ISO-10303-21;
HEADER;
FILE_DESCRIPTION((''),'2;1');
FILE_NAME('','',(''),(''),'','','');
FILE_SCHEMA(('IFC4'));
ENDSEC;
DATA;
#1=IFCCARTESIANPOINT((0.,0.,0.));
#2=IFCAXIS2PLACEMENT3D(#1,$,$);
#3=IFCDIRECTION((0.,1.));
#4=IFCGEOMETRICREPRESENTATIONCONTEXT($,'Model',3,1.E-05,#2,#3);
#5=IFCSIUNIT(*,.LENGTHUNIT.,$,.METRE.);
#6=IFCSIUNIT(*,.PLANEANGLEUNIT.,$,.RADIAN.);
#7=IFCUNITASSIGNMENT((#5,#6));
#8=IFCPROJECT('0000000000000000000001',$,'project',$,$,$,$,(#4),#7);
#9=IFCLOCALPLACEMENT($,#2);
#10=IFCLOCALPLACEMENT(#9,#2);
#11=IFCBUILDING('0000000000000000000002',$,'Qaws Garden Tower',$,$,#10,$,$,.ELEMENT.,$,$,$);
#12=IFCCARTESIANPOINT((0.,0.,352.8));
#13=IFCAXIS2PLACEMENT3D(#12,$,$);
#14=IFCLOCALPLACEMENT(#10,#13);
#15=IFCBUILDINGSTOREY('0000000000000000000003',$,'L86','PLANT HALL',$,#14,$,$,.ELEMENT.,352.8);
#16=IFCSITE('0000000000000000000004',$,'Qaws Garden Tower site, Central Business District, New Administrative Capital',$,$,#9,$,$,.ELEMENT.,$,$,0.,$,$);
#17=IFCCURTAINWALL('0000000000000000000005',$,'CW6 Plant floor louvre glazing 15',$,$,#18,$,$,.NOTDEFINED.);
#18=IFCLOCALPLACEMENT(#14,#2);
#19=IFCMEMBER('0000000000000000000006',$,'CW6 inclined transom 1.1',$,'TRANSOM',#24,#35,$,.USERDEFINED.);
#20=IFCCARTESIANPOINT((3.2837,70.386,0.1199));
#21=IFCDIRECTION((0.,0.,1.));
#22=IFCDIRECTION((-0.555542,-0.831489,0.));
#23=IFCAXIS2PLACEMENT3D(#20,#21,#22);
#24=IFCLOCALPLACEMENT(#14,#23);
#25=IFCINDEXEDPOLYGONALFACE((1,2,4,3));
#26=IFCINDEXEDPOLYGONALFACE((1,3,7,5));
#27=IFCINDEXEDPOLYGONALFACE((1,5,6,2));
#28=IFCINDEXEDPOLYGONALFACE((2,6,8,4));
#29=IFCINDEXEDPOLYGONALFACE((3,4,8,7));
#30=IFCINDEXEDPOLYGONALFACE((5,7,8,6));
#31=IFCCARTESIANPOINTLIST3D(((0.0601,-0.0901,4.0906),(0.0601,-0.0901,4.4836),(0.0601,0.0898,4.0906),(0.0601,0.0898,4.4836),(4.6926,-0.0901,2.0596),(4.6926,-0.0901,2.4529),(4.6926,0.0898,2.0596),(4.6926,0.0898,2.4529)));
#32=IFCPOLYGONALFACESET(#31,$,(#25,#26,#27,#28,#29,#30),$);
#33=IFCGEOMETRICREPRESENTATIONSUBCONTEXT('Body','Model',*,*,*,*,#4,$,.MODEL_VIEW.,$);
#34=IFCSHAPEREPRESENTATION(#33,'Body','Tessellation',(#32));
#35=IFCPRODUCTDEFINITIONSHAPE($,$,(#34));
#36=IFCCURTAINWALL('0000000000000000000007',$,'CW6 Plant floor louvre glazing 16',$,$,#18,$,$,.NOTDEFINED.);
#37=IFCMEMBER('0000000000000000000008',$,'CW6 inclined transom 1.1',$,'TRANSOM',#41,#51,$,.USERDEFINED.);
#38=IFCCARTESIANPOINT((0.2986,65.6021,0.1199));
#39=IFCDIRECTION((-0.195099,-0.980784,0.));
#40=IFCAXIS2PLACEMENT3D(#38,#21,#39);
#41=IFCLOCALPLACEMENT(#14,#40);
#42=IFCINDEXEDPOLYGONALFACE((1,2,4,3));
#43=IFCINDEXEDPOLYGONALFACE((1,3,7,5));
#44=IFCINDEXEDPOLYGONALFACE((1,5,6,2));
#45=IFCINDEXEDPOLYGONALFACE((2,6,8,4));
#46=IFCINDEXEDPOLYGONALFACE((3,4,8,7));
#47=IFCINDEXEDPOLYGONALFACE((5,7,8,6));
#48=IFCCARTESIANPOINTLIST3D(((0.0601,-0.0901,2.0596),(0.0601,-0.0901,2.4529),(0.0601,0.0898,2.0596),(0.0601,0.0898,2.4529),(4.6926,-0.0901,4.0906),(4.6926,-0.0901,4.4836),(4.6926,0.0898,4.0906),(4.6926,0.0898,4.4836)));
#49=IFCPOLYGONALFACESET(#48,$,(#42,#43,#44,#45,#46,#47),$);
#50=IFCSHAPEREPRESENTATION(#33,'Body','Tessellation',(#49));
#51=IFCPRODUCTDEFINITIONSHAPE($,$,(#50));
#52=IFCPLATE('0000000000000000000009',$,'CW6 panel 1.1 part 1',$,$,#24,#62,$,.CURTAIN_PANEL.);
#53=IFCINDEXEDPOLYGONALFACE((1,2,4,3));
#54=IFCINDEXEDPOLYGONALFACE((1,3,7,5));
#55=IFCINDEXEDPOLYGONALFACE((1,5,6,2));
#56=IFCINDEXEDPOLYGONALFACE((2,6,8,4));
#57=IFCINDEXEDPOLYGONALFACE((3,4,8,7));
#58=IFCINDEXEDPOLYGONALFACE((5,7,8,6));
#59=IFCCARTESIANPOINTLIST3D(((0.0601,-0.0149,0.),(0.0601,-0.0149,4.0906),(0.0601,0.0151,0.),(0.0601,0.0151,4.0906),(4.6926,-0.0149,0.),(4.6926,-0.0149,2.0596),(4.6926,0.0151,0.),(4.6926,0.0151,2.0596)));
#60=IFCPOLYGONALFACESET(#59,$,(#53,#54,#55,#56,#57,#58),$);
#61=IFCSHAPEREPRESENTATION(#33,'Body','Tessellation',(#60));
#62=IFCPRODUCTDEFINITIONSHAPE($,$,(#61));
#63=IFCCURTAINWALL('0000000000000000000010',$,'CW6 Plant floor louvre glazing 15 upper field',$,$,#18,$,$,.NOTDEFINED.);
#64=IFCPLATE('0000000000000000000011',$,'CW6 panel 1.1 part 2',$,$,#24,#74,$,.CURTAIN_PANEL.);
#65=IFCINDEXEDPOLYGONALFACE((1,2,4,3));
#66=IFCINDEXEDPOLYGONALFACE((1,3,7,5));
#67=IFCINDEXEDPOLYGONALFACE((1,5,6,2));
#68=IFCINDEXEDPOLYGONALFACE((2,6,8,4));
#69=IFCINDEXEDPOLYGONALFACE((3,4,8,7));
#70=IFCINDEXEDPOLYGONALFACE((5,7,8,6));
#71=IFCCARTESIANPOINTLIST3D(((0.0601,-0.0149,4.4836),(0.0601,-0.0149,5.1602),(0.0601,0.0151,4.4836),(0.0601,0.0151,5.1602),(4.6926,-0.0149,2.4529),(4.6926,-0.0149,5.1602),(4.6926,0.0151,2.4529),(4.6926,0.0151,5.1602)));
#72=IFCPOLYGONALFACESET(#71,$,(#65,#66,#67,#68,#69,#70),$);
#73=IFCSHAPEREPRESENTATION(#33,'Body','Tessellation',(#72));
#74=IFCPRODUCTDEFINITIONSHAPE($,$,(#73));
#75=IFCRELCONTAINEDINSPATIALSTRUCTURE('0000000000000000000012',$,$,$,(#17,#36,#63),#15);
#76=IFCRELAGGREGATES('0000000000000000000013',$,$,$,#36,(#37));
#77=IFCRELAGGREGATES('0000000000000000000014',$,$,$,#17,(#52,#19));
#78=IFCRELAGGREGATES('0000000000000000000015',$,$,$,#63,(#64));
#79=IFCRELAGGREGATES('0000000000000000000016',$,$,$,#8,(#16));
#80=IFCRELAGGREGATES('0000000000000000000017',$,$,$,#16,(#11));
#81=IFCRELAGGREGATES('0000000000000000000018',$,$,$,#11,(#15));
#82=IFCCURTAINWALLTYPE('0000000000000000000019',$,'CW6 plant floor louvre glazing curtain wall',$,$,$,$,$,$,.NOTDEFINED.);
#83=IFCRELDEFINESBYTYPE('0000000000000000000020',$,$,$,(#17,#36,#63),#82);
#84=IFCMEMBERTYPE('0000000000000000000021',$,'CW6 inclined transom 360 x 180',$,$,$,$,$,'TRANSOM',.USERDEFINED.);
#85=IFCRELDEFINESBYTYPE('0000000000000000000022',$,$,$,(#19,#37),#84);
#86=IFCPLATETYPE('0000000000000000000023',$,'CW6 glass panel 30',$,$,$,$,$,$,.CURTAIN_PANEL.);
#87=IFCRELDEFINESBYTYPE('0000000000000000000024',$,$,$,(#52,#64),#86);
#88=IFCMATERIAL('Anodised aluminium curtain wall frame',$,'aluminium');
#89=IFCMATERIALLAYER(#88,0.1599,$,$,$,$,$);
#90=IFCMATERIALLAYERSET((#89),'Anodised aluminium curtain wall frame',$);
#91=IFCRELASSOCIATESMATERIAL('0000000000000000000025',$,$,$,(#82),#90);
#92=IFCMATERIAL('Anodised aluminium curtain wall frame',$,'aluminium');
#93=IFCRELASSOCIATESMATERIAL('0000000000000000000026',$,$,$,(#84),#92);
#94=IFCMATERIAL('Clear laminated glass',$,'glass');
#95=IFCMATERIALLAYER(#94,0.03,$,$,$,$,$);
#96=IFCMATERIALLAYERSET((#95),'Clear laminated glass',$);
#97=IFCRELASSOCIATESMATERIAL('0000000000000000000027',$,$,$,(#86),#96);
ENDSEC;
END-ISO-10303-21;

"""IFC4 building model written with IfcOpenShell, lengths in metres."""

from ifc_helpers import new_model, si_unit, direction, frame, origin, origin_2d, place, context, subcontext, project, spatial, polyline, rectangle, outline, extrude, material, layer, layer_set, material_profile, profile_set, type_object, element, aggregate, save


model = new_model("IFC4")

# Units and contexts
model_context = context("Model", 3, precision=1e-05, world=origin(), true_north=direction((0.0, 1.0)))
body_context = subcontext(model_context, "Body", "Model", "MODEL_VIEW")
ifc_project = project(units=[si_unit("LENGTHUNIT", "METRE"), si_unit("PLANEANGLEUNIT", "RADIAN")], contexts=[model_context])

# Site, building, storey
site_placement = place(None, origin())
site = spatial("IfcSite", under=ifc_project, at=site_placement, Name="Qaws Garden Tower site, Central Business District, New Administrative Capital", CompositionType="ELEMENT", RefElevation=0.0)
building_placement = place(site_placement, origin())
building = spatial("IfcBuilding", under=site, at=building_placement, Name="Qaws Garden Tower", CompositionType="ELEMENT")
storey_placement = place(building_placement, frame((0.0, 0.0, 352.8)))
storey = spatial("IfcBuildingStorey", under=building, at=storey_placement, Name="L86", Description="PLANT HALL", CompositionType="ELEMENT", Elevation=352.8)

# Curtain walls, members
ifc_material_1 = material(Name="Anodised aluminium curtain wall frame", Category="aluminium")
ifc_layer_1 = layer(ifc_material_1, 0.1599)
ifc_layer_set_1 = layer_set([ifc_layer_1], Name="Anodised aluminium curtain wall frame")
curtain_wall_type = type_object("IfcCurtainWallType", Name="CW6 plant floor louvre glazing curtain wall", PredefinedType="NOTDEFINED", material=ifc_layer_set_1)
placement_1 = place(storey_placement, origin())
curtain_wall_1 = element("IfcCurtainWall", 1, at=placement_1, inside=storey, type_object=curtain_wall_type, Name="CW6 Plant floor louvre glazing 15", PredefinedType="NOTDEFINED")
ifc_material_2 = material(Name="Anodised aluminium curtain wall frame", Category="aluminium")
ifc_material_profile_1 = material_profile(ifc_material_2, rectangle(XDim=0.1799, YDim=0.3601, at=origin_2d()), Name="AL 180x360")
ifc_profile_set_1 = profile_set([ifc_material_profile_1], Name="Anodised aluminium curtain wall frame")
member_type_1 = type_object("IfcMemberType", Name="CW6 inclined transom 360 x 180", ElementType="TRANSOM", PredefinedType="USERDEFINED", material=ifc_profile_set_1)
placement_2 = place(storey_placement, frame((3.2837, 70.386, 0.1199), z_axis=(0.0, 0.0, 1.0), x_axis=(-0.555542, -0.831489, 0.0)))
member_1 = element("IfcMember", 2, at=placement_2, type_object=member_type_1, Name="CW6 inclined transom 1.1", ObjectType="TRANSOM", PredefinedType="USERDEFINED", context=body_context, shape_type="SweptSolid", body=[
    extrude(outline(polyline([(0.0601, 4.0906), (4.6926, 2.0596), (4.6926, 2.4529), (0.0601, 4.4836), (0.0601, 4.0906)])), frame((0.0, 0.0898, 0.0), z_axis=(0.0, -1.0, 0.0), x_axis=(1.0, 0.0, 0.0)), (0.0, 0.0, 1.0), 0.1799),
])
curtain_wall_2 = element("IfcCurtainWall", 3, at=placement_1, inside=storey, type_object=curtain_wall_type, Name="CW6 Plant floor louvre glazing 16", PredefinedType="NOTDEFINED")
member_2_placement = place(storey_placement, frame((0.2986, 65.6021, 0.1199), z_axis=(0.0, 0.0, 1.0), x_axis=(-0.195099, -0.980784, 0.0)))
member_2 = element("IfcMember", 4, at=member_2_placement, type_object=member_type_1, Name="CW6 inclined transom 1.1", ObjectType="TRANSOM", PredefinedType="USERDEFINED", context=body_context, shape_type="SweptSolid", body=[
    extrude(outline(polyline([(0.0601, 2.0596), (4.6926, 4.0906), (4.6926, 4.4836), (0.0601, 2.4529), (0.0601, 2.0596)])), frame((0.0, 0.0898, 0.0), z_axis=(0.0, -1.0, 0.0), x_axis=(1.0, 0.0, 0.0)), (0.0, 0.0, 1.0), 0.1799),
])
aggregate(curtain_wall_2, [member_2])

# Plate
ifc_material_3 = material(Name="Clear laminated glass", Category="glass")
ifc_layer_2 = layer(ifc_material_3, 0.03)
ifc_layer_set_2 = layer_set([ifc_layer_2], Name="Clear laminated glass")
plate_type = type_object("IfcPlateType", Name="CW6 glass panel 30", PredefinedType="CURTAIN_PANEL", material=ifc_layer_set_2)
plate_1 = element("IfcPlate", 5, at=placement_2, type_object=plate_type, Name="CW6 panel 1.1 part 1", PredefinedType="CURTAIN_PANEL", context=body_context, shape_type="SweptSolid", body=[
    extrude(outline(polyline([(4.6926, 0.0), (4.6926, 2.0596), (0.0601, 4.0906), (0.0601, 0.0), (4.6926, 0.0)])), frame((0.0, 0.0151, 0.0), z_axis=(0.0, -1.0, 0.0), x_axis=(1.0, 0.0, 0.0)), (0.0, 0.0, 1.0), 0.03),
])
aggregate(curtain_wall_1, [plate_1, member_1])

# Curtain wall, plate
curtain_wall_3 = element("IfcCurtainWall", 6, at=placement_1, inside=storey, type_object=curtain_wall_type, Name="CW6 Plant floor louvre glazing 15 upper field", PredefinedType="NOTDEFINED")
plate_2 = element("IfcPlate", 7, at=placement_2, type_object=plate_type, Name="CW6 panel 1.1 part 2", PredefinedType="CURTAIN_PANEL", context=body_context, shape_type="SweptSolid", body=[
    extrude(outline(polyline([(0.0601, 5.1602), (0.0601, 4.4836), (4.6926, 2.4529), (4.6926, 5.1602), (0.0601, 5.1602)])), frame((0.0, 0.0151, 0.0), z_axis=(0.0, -1.0, 0.0), x_axis=(1.0, 0.0, 0.0)), (0.0, 0.0, 1.0), 0.03),
])
aggregate(curtain_wall_3, [plate_2])

save(model, "model.ifc")
